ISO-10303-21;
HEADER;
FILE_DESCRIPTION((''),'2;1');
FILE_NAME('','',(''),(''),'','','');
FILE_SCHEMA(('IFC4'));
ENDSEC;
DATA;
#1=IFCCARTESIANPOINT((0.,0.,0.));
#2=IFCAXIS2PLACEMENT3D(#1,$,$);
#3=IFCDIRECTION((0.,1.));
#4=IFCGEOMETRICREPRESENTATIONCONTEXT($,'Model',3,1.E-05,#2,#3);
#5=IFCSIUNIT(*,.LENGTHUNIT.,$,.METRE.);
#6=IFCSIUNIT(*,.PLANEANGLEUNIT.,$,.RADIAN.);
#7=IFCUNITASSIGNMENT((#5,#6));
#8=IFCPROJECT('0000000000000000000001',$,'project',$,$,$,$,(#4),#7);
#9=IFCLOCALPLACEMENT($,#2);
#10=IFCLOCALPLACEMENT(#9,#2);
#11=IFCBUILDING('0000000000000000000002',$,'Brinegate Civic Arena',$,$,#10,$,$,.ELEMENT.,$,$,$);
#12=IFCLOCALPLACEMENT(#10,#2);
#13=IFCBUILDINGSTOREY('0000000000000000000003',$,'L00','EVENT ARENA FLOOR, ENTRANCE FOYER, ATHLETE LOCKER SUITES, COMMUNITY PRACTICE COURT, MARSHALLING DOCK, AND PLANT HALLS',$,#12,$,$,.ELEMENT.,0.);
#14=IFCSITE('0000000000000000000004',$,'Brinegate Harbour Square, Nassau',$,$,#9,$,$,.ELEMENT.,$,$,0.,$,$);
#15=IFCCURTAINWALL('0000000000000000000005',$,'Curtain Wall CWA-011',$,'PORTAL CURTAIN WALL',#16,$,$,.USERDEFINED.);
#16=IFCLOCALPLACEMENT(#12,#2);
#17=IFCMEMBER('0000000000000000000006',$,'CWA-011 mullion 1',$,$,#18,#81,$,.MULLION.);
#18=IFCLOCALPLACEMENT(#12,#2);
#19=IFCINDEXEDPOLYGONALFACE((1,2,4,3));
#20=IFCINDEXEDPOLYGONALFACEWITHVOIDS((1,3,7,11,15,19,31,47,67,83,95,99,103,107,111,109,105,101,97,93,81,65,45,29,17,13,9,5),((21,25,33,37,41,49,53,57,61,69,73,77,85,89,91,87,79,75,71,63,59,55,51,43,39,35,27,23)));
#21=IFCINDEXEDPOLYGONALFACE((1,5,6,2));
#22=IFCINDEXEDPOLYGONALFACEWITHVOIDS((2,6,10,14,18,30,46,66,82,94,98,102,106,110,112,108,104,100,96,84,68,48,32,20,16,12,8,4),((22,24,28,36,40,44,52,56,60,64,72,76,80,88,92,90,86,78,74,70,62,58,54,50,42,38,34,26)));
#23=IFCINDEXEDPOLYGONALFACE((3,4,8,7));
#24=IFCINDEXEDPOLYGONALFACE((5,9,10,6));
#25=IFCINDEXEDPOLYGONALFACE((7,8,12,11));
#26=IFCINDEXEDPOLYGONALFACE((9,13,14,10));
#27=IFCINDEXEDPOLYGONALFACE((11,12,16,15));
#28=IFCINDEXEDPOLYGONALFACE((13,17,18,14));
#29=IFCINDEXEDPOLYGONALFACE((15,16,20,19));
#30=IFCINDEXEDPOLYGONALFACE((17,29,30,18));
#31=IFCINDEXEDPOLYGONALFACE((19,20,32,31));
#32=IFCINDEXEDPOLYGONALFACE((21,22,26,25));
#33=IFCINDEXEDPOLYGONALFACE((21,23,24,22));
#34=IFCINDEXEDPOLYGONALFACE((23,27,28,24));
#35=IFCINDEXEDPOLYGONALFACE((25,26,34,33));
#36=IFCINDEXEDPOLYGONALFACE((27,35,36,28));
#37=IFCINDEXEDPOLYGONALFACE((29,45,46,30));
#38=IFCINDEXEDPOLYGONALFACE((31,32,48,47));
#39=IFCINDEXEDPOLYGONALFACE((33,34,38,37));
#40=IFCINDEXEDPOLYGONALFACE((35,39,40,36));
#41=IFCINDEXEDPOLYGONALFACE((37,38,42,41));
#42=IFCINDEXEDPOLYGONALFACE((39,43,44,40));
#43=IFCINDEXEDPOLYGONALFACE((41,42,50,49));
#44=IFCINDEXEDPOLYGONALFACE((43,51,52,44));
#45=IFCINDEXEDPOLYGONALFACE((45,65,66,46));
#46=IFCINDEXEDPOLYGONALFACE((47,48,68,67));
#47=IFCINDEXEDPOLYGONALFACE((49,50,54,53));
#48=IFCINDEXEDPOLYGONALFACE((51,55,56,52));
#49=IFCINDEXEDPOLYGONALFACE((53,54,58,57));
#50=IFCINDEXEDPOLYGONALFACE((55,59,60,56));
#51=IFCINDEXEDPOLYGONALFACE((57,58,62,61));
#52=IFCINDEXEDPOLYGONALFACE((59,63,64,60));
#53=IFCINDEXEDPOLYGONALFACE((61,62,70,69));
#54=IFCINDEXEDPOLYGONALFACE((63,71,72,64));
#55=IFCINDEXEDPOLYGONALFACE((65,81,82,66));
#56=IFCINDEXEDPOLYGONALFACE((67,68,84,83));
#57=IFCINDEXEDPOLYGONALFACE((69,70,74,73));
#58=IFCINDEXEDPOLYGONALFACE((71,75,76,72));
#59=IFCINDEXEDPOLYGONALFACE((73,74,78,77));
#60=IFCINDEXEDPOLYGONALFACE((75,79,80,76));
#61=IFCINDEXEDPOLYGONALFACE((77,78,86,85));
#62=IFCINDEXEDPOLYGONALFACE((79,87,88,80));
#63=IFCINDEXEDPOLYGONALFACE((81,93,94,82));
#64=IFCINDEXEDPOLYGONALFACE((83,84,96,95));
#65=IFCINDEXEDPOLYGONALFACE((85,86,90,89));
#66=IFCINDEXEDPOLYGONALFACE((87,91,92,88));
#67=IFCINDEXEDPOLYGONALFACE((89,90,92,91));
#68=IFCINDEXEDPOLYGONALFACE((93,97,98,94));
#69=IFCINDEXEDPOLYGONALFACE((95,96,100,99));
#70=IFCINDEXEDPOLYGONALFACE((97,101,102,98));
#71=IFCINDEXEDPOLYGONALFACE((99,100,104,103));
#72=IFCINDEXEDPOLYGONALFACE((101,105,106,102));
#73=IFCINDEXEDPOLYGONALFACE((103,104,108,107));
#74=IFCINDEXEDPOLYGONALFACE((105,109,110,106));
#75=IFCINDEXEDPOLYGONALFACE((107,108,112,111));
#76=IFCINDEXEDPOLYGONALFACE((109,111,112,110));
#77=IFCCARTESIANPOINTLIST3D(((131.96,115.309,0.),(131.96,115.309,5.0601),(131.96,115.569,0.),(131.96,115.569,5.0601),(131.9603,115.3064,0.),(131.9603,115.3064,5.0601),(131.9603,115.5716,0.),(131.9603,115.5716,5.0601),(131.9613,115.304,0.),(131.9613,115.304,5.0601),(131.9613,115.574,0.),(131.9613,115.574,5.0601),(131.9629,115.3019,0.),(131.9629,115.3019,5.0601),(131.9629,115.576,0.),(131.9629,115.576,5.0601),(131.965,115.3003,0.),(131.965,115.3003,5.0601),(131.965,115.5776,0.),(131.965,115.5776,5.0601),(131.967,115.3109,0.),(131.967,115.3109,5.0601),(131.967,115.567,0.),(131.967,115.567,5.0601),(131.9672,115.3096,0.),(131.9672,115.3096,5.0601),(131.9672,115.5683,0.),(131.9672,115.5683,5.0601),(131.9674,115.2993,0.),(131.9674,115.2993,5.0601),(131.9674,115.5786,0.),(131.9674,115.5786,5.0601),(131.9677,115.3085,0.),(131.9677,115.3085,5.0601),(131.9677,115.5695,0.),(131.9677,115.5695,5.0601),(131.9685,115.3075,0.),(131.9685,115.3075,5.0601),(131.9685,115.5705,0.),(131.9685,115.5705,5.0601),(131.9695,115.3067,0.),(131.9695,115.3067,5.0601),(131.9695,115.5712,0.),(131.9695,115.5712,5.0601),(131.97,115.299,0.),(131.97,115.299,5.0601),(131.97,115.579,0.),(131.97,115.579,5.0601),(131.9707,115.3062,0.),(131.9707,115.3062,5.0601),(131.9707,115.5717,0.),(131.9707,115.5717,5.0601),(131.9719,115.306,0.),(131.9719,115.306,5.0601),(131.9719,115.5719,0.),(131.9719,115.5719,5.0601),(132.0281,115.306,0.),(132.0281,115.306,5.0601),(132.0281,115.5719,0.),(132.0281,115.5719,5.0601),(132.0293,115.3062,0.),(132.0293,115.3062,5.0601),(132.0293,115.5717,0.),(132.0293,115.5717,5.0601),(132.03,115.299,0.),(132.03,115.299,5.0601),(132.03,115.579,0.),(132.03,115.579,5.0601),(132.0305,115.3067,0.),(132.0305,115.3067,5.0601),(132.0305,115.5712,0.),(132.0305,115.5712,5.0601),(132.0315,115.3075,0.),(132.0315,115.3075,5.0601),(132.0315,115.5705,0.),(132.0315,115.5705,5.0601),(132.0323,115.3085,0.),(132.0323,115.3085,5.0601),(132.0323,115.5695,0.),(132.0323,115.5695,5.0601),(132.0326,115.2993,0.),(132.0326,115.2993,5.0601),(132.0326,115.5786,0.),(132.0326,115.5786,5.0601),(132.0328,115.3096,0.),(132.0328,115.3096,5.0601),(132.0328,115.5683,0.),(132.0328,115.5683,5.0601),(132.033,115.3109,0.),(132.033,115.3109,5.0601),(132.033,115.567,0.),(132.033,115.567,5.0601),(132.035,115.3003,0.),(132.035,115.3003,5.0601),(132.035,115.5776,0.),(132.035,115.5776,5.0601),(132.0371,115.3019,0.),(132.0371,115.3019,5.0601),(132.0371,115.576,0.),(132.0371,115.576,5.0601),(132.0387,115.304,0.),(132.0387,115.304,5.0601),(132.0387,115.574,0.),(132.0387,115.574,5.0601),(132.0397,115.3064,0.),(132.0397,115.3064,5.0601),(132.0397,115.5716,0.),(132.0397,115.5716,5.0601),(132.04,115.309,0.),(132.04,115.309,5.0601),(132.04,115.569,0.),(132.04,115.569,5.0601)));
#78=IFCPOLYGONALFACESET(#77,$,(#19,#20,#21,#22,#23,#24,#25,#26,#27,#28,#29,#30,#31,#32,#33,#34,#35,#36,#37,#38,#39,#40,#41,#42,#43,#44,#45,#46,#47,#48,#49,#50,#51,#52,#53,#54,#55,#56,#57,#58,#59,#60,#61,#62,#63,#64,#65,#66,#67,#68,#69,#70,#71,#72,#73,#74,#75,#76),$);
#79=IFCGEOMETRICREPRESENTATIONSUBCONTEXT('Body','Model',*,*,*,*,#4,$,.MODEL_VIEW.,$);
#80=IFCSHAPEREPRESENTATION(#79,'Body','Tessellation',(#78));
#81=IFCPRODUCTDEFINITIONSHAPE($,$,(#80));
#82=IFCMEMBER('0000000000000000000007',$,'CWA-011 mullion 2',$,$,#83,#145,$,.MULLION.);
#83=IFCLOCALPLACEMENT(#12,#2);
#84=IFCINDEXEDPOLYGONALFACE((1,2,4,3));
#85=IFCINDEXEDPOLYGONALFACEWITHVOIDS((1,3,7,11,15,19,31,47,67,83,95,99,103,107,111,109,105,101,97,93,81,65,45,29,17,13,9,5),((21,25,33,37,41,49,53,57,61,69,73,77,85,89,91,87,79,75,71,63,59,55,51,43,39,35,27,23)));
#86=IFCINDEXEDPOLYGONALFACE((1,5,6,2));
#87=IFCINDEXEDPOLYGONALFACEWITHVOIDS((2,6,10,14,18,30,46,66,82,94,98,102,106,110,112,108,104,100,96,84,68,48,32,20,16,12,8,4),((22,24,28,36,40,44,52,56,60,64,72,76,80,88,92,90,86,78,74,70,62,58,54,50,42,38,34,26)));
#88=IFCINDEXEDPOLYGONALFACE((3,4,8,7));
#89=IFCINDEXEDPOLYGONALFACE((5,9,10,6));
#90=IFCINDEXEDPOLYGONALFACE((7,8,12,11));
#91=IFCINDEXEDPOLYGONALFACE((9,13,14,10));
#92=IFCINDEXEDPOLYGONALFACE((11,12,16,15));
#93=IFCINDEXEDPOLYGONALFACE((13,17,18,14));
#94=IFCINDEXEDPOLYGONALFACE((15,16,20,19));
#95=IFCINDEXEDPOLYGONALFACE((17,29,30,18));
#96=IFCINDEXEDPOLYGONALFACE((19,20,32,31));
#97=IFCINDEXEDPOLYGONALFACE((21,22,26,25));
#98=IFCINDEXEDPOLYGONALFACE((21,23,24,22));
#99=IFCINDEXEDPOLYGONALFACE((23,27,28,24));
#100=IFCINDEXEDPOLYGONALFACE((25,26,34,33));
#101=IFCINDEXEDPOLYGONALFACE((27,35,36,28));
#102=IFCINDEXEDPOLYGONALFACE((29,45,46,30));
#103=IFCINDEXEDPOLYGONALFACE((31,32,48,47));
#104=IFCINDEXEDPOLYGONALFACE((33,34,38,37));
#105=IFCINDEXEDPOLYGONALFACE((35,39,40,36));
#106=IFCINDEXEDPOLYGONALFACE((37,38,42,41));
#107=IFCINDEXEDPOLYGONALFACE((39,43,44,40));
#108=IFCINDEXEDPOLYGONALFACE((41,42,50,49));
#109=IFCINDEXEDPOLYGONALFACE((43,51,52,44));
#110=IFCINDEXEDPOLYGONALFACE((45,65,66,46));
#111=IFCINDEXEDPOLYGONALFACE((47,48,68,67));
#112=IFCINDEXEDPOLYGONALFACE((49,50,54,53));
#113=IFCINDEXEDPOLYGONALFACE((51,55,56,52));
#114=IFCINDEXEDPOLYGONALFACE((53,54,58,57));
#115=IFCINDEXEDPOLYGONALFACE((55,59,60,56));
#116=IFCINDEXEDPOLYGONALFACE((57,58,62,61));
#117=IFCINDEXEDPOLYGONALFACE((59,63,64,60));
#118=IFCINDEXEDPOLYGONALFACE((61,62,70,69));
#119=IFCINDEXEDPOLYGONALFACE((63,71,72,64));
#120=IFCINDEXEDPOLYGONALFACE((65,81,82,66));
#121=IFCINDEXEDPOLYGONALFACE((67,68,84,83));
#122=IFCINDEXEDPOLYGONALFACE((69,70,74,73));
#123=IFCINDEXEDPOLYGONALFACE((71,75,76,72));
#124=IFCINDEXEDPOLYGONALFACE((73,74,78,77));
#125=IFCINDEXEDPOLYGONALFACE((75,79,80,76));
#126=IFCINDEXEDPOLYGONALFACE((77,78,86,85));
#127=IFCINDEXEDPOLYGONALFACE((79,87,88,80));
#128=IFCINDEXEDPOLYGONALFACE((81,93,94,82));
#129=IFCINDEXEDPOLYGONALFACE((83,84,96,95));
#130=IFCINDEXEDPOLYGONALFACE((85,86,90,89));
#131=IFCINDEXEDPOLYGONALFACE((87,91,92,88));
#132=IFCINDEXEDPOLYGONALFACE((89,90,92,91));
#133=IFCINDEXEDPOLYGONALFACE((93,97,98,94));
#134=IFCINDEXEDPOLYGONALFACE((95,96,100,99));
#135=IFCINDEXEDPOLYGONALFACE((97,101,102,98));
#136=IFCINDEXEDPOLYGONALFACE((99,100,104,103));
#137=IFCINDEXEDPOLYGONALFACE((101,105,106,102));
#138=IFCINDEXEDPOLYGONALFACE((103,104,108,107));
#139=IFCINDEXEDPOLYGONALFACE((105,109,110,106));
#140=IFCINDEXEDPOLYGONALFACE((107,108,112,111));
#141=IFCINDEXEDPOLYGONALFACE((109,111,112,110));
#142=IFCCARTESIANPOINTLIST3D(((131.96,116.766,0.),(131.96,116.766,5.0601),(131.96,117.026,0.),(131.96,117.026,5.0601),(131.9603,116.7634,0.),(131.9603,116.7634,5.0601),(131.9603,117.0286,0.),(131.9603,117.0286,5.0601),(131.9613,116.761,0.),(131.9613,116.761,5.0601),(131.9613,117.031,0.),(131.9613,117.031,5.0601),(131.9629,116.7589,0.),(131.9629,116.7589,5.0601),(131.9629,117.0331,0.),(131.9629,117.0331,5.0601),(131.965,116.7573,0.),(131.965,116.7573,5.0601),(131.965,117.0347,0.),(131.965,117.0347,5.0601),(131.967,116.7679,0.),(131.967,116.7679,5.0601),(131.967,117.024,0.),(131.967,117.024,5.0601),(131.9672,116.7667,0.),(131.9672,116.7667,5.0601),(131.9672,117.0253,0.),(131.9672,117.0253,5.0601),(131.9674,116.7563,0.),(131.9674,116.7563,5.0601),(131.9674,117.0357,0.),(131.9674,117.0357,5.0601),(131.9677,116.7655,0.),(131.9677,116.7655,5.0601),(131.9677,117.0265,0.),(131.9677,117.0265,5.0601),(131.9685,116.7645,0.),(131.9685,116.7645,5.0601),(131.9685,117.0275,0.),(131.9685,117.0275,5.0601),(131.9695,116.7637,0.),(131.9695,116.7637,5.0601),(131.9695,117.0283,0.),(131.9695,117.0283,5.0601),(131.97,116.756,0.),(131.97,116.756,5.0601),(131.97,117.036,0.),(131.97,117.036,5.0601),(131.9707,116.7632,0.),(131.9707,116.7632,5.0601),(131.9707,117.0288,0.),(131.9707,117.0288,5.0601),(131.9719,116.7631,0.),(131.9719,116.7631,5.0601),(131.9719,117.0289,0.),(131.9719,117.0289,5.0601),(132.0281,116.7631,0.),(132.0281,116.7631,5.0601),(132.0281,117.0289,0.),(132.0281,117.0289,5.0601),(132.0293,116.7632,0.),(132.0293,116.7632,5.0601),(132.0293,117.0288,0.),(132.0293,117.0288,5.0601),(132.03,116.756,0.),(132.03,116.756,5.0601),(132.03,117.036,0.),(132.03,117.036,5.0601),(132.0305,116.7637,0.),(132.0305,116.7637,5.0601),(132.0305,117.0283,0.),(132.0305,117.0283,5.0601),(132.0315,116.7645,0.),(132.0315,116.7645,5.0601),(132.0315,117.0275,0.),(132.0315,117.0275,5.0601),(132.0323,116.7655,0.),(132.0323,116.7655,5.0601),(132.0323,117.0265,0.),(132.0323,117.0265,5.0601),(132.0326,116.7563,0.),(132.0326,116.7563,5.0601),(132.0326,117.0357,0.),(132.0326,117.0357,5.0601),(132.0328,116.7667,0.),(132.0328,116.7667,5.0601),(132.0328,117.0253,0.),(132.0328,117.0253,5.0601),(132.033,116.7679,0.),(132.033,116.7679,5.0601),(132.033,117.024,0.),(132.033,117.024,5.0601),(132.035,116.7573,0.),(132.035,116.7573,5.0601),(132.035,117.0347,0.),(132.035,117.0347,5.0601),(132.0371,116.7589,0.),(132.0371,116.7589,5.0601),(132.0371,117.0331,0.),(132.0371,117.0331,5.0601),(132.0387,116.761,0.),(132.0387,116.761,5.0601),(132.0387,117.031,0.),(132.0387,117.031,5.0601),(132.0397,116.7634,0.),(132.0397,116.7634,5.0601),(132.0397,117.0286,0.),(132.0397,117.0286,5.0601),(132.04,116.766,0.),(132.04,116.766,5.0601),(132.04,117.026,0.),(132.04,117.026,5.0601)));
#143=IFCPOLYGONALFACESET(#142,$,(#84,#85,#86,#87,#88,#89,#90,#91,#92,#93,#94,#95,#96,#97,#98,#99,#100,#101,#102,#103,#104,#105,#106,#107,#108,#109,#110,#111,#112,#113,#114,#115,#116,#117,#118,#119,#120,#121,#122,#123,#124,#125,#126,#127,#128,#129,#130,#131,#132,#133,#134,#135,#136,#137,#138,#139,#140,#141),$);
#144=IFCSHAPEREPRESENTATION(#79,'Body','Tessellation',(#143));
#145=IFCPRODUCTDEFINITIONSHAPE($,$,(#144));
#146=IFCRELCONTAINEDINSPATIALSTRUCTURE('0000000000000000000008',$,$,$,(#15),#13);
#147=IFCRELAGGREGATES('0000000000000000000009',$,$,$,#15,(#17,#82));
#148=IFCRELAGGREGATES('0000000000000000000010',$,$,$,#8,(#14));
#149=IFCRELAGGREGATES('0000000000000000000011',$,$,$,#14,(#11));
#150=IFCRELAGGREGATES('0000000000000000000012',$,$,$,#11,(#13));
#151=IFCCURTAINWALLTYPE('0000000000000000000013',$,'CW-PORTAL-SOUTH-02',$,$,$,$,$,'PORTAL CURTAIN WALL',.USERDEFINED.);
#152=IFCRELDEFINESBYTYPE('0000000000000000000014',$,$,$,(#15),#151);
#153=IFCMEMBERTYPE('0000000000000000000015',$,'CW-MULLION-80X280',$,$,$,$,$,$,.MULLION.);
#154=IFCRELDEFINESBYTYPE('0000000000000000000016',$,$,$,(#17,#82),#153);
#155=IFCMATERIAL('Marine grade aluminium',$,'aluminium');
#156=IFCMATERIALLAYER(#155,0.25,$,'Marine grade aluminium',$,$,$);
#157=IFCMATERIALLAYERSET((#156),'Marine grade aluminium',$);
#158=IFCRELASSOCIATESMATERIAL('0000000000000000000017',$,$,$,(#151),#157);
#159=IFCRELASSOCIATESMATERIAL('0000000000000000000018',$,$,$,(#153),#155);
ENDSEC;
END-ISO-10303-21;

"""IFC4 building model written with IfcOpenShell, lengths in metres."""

from ifc_helpers import new_model, si_unit, direction, frame, origin, origin_2d, place, context, subcontext, project, spatial, hollow_rectangle, extrude, material, layer, layer_set, material_profile, profile_set, type_object, element, aggregate, save


model = new_model("IFC4")

# Units and contexts
model_context = context("Model", 3, precision=1e-05, world=origin(), true_north=direction((0.0, 1.0)))
body_context = subcontext(model_context, "Body", "Model", "MODEL_VIEW")
ifc_project = project(units=[si_unit("LENGTHUNIT", "METRE"), si_unit("PLANEANGLEUNIT", "RADIAN")], contexts=[model_context])

# Site, building, storey
site_placement = place(None, origin())
site = spatial("IfcSite", under=ifc_project, at=site_placement, Name="Brinegate Harbour Square, Nassau", CompositionType="ELEMENT", RefElevation=0.0)
building_placement = place(site_placement, origin())
building = spatial("IfcBuilding", under=site, at=building_placement, Name="Brinegate Civic Arena", CompositionType="ELEMENT")
storey_placement = place(building_placement, origin())
storey = spatial("IfcBuildingStorey", under=building, at=storey_placement, Name="L00", Description="EVENT ARENA FLOOR, ENTRANCE FOYER, ATHLETE LOCKER SUITES, COMMUNITY PRACTICE COURT, MARSHALLING DOCK, AND PLANT HALLS", CompositionType="ELEMENT", Elevation=0.0)

# Curtain wall, members
ifc_material_1 = material(Name="Marine grade aluminium", Category="aluminium")
ifc_layer_1 = layer(ifc_material_1, 0.25, Name="Marine grade aluminium")
ifc_layer_set_1 = layer_set([ifc_layer_1], Name="Marine grade aluminium")
curtain_wall_type = type_object("IfcCurtainWallType", Name="CW-PORTAL-SOUTH-02", ElementType="PORTAL CURTAIN WALL", PredefinedType="USERDEFINED", material=ifc_layer_set_1)
curtain_wall_placement = place(storey_placement, origin())
curtain_wall = element("IfcCurtainWall", 1, at=curtain_wall_placement, inside=storey, type_object=curtain_wall_type, Name="Curtain Wall CWA-011", ObjectType="PORTAL CURTAIN WALL", PredefinedType="USERDEFINED")
ifc_material_profile_1 = material_profile(ifc_material_1, hollow_rectangle(XDim=0.0801, YDim=0.28, WallThickness=0.0071, InnerFilletRadius=0.0049, OuterFilletRadius=0.01, at=origin_2d()), Name="MUL80X280")
ifc_profile_set_1 = profile_set([ifc_material_profile_1], Name="Marine grade aluminium")
member_type_1 = type_object("IfcMemberType", Name="CW-MULLION-80X280", PredefinedType="MULLION", material=ifc_profile_set_1)
member_1_placement = place(storey_placement, frame((132.0, 115.439, 0.0), z_axis=(0.0, 0.0, 1.0), x_axis=(-1.0, 0.0, 0.0)))
member_1 = element("IfcMember", 2, at=member_1_placement, type_object=member_type_1, Name="CWA-011 mullion 1", PredefinedType="MULLION", context=body_context, shape_type="SweptSolid", body=[
    extrude(hollow_rectangle(XDim=0.0801, YDim=0.28, WallThickness=0.0071, InnerFilletRadius=0.0049, OuterFilletRadius=0.01, at=origin_2d()), origin(), (0.0, 0.0, 1.0), 5.0601),
])
member_2_placement = place(storey_placement, frame((132.0, 116.896, 0.0), z_axis=(0.0, 0.0, 1.0), x_axis=(-1.0, 0.0, 0.0)))
member_2 = element("IfcMember", 3, at=member_2_placement, type_object=member_type_1, Name="CWA-011 mullion 2", PredefinedType="MULLION", context=body_context, shape_type="SweptSolid", body=[
    extrude(hollow_rectangle(XDim=0.0801, YDim=0.28, WallThickness=0.0071, InnerFilletRadius=0.0049, OuterFilletRadius=0.01, at=origin_2d()), origin(), (0.0, 0.0, 1.0), 5.0601),
])
aggregate(curtain_wall, [member_1, member_2])

save(model, "model.ifc")
